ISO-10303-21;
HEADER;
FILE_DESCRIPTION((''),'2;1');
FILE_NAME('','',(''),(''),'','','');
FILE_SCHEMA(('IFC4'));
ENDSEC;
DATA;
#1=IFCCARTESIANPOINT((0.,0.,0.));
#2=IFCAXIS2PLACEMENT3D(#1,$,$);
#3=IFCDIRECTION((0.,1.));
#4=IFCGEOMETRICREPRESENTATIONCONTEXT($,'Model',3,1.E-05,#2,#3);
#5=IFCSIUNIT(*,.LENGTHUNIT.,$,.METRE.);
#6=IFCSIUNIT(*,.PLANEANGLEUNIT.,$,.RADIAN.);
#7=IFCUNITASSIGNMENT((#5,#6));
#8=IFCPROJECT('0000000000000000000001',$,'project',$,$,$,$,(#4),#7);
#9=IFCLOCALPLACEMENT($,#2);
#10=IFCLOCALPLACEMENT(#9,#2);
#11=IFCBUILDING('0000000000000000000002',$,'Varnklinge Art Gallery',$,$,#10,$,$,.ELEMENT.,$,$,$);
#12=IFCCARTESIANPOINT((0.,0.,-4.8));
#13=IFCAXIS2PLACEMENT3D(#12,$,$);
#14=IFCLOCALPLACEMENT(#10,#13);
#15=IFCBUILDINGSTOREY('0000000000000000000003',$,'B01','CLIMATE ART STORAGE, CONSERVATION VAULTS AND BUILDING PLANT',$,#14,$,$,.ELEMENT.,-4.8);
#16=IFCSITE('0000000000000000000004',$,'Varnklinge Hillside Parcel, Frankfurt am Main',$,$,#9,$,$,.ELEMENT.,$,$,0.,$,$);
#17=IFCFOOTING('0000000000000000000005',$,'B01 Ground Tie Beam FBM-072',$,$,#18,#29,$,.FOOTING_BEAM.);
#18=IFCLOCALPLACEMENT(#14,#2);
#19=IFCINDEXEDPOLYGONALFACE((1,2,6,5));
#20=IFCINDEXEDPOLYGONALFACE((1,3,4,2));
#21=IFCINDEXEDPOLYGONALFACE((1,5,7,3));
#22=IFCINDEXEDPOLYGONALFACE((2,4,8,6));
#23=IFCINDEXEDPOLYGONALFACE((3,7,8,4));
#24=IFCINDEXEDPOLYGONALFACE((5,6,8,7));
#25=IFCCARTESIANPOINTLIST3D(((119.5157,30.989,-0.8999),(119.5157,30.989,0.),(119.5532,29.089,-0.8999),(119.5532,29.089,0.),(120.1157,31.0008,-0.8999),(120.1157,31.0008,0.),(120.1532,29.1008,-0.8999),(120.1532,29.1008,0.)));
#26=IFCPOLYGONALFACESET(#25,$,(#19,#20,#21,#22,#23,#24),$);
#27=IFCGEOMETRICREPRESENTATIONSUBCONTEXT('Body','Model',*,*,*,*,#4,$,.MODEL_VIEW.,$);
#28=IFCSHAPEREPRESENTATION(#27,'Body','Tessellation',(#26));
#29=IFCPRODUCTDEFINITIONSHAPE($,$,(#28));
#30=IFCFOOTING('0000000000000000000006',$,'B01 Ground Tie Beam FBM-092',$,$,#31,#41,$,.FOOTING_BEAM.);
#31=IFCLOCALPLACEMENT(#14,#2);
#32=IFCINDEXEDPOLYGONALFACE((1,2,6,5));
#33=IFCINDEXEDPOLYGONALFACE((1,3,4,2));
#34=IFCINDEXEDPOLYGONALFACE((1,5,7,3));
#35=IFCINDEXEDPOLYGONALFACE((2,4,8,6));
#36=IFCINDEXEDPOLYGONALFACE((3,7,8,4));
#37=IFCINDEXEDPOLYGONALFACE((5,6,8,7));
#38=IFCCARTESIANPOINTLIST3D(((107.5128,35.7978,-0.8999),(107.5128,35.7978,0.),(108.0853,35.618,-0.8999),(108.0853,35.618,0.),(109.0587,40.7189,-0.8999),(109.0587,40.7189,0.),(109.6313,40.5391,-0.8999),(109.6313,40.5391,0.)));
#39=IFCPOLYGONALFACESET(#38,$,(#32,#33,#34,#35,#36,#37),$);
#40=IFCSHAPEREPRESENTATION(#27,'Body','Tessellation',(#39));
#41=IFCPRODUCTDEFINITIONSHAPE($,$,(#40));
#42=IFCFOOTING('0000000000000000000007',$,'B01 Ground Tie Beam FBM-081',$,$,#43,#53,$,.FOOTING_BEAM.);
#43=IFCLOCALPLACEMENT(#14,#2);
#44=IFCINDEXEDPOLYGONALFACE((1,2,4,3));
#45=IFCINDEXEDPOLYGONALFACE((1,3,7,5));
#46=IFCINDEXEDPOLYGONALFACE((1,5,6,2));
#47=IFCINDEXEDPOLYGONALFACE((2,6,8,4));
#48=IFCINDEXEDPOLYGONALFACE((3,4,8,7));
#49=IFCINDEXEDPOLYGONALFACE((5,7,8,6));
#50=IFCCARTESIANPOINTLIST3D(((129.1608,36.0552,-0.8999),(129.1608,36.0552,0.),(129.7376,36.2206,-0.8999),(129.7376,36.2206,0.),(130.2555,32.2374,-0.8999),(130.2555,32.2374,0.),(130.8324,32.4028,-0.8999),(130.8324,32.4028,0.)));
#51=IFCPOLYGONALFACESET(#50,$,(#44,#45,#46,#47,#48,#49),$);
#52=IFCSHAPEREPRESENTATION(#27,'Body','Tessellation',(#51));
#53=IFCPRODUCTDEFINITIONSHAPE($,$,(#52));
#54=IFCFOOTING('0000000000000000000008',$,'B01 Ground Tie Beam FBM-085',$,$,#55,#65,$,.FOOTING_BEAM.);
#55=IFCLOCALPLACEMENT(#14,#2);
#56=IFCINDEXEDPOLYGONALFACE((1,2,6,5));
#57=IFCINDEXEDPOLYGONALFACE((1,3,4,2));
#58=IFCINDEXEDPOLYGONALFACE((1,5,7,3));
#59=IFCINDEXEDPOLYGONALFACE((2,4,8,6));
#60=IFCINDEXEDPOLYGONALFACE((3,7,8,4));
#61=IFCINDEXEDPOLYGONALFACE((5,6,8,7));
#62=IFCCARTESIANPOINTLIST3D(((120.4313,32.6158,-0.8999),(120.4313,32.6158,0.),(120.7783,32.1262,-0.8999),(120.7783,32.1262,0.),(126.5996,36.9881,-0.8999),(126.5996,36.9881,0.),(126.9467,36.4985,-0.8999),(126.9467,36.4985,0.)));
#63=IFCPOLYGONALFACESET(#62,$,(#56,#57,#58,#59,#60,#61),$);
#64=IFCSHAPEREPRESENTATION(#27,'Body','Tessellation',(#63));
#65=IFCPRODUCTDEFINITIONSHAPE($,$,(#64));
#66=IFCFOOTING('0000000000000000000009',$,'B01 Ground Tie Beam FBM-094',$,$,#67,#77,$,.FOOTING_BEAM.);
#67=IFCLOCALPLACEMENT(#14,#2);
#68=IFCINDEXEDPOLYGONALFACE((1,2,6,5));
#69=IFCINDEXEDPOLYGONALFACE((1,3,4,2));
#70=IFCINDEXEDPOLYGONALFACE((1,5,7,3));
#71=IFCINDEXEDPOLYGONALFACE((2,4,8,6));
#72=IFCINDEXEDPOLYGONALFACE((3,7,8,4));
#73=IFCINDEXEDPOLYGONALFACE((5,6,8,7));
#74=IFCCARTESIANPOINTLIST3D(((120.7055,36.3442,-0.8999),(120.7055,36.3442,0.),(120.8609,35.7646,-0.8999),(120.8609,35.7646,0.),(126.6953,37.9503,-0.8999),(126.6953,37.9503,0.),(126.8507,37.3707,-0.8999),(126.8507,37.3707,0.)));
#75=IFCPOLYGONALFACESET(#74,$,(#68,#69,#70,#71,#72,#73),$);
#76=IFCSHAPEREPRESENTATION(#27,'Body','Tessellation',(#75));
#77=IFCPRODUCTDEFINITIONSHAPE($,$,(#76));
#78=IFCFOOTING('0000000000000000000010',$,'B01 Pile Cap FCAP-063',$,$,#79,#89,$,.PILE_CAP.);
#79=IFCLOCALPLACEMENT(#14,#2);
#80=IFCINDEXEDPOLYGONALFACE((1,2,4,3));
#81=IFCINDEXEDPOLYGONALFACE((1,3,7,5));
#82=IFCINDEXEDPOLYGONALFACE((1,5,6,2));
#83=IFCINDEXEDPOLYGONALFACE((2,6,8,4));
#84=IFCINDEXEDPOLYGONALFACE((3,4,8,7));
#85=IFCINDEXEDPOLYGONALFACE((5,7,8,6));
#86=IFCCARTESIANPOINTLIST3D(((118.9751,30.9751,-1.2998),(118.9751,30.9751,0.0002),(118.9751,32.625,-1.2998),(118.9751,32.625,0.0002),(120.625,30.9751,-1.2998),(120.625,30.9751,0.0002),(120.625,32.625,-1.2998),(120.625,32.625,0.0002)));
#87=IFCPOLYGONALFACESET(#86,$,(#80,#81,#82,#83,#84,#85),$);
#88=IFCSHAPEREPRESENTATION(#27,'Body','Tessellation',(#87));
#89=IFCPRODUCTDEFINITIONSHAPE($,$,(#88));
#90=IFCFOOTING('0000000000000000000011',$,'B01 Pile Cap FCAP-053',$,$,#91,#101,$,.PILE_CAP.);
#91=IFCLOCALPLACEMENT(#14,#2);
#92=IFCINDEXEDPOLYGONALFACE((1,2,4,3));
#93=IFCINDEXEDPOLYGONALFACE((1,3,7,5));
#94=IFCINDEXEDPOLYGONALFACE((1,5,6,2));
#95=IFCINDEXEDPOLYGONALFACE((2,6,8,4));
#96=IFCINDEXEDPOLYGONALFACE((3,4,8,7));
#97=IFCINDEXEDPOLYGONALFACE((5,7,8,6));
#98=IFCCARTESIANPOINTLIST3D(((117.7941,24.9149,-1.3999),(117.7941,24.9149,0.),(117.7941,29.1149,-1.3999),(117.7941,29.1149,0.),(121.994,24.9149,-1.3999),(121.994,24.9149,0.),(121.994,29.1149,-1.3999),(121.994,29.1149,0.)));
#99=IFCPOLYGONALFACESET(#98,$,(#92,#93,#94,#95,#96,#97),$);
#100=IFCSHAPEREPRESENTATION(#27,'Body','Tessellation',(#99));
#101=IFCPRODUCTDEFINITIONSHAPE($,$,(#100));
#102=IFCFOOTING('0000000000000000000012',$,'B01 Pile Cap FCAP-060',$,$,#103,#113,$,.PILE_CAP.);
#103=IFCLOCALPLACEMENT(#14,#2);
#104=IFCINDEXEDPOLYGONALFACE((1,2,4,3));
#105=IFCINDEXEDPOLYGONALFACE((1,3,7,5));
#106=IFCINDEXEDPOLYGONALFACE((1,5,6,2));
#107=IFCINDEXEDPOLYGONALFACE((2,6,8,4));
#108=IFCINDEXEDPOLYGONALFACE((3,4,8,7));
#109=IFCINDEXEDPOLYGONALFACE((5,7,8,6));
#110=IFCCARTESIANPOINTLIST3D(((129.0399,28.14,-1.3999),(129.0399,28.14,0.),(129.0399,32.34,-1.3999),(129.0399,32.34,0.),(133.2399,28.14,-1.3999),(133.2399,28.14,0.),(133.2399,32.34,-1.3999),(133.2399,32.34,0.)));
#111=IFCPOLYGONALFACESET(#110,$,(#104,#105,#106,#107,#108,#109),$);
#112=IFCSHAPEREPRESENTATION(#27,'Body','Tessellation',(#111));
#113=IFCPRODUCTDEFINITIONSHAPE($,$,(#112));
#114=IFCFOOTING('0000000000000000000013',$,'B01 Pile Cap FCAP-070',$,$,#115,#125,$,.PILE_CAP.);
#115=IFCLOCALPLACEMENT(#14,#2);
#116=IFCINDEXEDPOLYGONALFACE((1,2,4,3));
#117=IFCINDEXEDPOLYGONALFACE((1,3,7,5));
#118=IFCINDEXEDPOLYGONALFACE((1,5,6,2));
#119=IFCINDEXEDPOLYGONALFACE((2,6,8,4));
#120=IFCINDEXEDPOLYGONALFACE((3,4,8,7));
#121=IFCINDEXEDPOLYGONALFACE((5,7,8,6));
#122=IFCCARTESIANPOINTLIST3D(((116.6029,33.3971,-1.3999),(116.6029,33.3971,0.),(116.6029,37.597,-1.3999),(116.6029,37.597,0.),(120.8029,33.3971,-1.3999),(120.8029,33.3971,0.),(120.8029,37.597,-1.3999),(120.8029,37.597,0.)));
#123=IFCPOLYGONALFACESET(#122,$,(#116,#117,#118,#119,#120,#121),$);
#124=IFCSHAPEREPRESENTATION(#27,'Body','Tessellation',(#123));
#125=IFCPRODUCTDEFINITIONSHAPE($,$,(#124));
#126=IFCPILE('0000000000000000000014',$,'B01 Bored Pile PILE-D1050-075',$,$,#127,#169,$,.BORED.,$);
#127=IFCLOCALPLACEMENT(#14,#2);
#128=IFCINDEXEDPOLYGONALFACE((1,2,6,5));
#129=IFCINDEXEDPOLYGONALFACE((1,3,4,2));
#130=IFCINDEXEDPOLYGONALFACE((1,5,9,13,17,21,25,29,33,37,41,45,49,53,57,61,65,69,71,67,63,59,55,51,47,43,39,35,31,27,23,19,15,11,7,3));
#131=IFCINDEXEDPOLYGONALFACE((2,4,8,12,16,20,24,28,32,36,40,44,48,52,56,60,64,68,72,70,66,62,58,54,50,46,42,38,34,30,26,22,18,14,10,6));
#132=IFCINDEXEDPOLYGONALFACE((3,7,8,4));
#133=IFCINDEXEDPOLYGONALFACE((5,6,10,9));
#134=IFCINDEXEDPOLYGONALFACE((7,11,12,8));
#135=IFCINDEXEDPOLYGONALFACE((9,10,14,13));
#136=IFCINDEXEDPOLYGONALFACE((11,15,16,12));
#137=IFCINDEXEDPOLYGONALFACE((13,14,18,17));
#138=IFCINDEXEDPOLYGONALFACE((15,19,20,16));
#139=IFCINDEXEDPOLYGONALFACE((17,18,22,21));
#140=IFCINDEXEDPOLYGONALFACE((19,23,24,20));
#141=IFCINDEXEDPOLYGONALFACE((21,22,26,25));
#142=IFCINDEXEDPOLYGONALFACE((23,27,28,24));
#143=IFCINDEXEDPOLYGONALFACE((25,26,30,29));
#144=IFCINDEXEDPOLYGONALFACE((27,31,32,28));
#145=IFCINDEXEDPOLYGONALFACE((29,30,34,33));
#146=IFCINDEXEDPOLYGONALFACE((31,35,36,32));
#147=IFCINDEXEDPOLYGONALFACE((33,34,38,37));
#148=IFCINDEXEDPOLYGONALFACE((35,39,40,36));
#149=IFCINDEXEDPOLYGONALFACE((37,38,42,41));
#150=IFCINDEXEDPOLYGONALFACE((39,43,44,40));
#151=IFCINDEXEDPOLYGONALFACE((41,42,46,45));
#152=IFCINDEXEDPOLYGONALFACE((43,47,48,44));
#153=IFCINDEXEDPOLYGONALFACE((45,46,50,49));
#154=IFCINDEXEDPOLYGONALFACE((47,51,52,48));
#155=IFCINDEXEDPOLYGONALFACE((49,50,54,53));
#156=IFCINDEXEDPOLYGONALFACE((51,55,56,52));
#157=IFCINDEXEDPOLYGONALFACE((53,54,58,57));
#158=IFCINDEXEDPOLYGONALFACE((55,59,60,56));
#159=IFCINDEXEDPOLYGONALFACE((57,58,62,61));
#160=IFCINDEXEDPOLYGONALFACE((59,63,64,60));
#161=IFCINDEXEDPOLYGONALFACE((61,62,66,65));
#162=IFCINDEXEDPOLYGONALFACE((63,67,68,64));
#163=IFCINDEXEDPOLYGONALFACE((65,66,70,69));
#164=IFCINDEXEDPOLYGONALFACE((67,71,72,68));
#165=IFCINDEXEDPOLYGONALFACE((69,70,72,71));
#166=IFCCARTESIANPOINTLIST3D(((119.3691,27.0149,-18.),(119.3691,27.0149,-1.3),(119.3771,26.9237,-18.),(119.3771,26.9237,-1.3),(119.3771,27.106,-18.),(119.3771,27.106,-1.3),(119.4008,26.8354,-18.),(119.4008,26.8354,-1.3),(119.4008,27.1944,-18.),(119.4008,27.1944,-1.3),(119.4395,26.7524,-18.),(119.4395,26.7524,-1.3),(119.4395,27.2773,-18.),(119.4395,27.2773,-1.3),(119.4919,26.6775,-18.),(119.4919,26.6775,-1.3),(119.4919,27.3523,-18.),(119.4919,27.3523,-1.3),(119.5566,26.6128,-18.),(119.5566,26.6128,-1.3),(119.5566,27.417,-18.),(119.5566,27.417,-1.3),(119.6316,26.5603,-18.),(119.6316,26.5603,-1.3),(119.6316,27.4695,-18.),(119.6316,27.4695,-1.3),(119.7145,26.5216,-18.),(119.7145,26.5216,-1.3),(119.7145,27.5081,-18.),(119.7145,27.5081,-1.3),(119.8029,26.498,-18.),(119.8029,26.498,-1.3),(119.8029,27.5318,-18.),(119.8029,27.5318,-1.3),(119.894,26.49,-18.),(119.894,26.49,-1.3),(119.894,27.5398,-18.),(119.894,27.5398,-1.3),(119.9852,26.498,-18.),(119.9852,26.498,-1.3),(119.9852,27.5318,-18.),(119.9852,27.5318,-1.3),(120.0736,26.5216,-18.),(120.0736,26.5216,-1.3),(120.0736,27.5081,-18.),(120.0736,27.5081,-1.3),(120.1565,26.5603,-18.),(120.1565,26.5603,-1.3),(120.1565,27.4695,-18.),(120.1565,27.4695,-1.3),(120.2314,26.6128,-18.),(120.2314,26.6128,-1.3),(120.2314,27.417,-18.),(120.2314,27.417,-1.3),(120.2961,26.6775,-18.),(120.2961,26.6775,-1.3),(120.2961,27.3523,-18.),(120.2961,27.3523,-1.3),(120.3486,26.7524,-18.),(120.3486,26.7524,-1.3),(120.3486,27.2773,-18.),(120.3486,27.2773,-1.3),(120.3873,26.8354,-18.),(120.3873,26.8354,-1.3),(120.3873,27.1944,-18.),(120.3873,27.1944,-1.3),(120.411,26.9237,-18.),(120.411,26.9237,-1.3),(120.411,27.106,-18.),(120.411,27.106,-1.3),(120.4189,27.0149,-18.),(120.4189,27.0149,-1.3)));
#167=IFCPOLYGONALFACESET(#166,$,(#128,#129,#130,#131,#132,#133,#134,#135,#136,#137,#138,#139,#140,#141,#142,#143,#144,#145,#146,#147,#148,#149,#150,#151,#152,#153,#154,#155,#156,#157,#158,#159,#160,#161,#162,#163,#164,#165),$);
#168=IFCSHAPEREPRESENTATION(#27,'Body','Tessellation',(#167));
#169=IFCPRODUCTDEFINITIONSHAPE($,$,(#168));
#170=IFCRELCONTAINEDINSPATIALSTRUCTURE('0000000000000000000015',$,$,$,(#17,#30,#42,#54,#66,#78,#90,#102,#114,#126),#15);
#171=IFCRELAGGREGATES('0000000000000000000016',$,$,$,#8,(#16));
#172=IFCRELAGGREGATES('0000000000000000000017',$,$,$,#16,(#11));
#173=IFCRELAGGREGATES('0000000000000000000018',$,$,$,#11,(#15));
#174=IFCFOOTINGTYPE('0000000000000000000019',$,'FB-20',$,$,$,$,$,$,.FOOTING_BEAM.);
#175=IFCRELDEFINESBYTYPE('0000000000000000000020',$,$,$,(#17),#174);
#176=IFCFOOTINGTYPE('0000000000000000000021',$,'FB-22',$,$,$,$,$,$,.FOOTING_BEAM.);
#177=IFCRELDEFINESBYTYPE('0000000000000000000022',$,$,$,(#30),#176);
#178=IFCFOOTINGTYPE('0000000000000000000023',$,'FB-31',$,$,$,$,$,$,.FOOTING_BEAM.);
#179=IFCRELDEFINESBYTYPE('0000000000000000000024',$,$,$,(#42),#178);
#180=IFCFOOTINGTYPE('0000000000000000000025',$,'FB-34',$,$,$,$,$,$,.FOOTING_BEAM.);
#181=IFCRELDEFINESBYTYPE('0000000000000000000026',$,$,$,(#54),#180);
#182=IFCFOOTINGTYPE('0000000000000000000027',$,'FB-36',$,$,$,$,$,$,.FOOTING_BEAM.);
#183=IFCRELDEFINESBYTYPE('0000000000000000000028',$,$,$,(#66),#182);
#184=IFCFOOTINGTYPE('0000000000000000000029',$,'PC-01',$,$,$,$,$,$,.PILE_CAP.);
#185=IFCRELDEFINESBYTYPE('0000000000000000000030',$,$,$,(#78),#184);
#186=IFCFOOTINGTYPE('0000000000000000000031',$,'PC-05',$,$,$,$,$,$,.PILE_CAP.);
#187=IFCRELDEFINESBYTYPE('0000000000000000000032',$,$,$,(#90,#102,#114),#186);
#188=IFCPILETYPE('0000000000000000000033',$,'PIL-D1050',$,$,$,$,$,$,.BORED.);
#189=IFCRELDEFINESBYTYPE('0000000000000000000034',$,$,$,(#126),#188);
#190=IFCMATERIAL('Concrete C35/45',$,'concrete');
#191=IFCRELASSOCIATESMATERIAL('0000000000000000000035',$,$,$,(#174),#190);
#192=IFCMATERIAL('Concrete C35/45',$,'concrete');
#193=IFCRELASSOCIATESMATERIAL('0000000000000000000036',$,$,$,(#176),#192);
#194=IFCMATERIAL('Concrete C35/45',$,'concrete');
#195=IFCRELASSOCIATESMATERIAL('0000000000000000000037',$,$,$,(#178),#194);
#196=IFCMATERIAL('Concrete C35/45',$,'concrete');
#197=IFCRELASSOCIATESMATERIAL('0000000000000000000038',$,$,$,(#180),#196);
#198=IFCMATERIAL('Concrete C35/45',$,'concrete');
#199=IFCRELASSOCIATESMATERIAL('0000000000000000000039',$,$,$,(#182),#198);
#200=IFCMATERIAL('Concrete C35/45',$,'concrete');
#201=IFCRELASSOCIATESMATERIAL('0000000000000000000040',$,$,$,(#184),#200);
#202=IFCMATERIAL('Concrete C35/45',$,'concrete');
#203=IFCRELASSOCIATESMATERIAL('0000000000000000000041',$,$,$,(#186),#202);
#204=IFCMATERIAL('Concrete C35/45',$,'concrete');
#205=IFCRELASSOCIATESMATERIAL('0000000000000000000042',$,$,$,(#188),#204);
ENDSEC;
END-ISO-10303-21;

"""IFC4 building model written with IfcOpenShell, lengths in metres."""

from ifc_helpers import new_model, si_unit, direction, frame, origin, origin_2d, place, context, subcontext, project, spatial, rectangle, circle, extrude, material, material_profile, profile_set, type_object, element, save


model = new_model("IFC4")

# Units and contexts
model_context = context("Model", 3, precision=1e-05, world=origin(), true_north=direction((0.0, 1.0)))
body_context = subcontext(model_context, "Body", "Model", "MODEL_VIEW")
ifc_project = project(units=[si_unit("LENGTHUNIT", "METRE"), si_unit("PLANEANGLEUNIT", "RADIAN")], contexts=[model_context])

# Site, building, storey
site_placement = place(None, origin())
site = spatial("IfcSite", under=ifc_project, at=site_placement, Name="Varnklinge Hillside Parcel, Frankfurt am Main", CompositionType="ELEMENT", RefElevation=0.0)
building_placement = place(site_placement, origin())
building = spatial("IfcBuilding", under=site, at=building_placement, Name="Varnklinge Art Gallery", CompositionType="ELEMENT")
storey_placement = place(building_placement, frame((0.0, 0.0, -4.8)))
storey = spatial("IfcBuildingStorey", under=building, at=storey_placement, Name="B01", Description="CLIMATE ART STORAGE, CONSERVATION VAULTS AND BUILDING PLANT", CompositionType="ELEMENT", Elevation=-4.8)

# Footings
ifc_material_1 = material(Name="Concrete C35/45", Category="concrete")
footing_type_1 = type_object("IfcFootingType", Name="FB-20", PredefinedType="FOOTING_BEAM", material=ifc_material_1)
footing_1_placement = place(storey_placement, frame((119.8345, 30.0449, -0.8999), z_axis=(0.0, 0.0, 1.0), x_axis=(-0.019721, 0.999806, 0.0)))
element("IfcFooting", 1, at=footing_1_placement, inside=storey, type_object=footing_type_1, Name="B01 Ground Tie Beam FBM-072", PredefinedType="FOOTING_BEAM", context=body_context, shape_type="SweptSolid", body=[
    extrude(rectangle(XDim=1.9004, YDim=0.6001, at=origin_2d()), origin(), (0.0, 0.0, 1.0), 0.8999),
])
ifc_material_2 = material(Name="Concrete C35/45", Category="concrete")
footing_type_2 = type_object("IfcFootingType", Name="FB-22", PredefinedType="FOOTING_BEAM", material=ifc_material_2)
footing_2_placement = place(storey_placement, frame((108.572, 38.1685, -0.8999), z_axis=(0.0, 0.0, 1.0), x_axis=(0.299707, 0.954031, 0.0)))
element("IfcFooting", 2, at=footing_2_placement, inside=storey, type_object=footing_type_2, Name="B01 Ground Tie Beam FBM-092", PredefinedType="FOOTING_BEAM", context=body_context, shape_type="SweptSolid", body=[
    extrude(rectangle(XDim=5.1582, YDim=0.6001, at=origin_2d()), origin(), (0.0, 0.0, 1.0), 0.8999),
])
ifc_material_3 = material(Name="Concrete C35/45", Category="concrete")
footing_type_3 = type_object("IfcFootingType", Name="FB-31", PredefinedType="FOOTING_BEAM", material=ifc_material_3)
footing_3_placement = place(storey_placement, frame((129.9966, 34.229, -0.8999), z_axis=(0.0, 0.0, 1.0), x_axis=(-0.275637, 0.961262, 0.0)))
element("IfcFooting", 3, at=footing_3_placement, inside=storey, type_object=footing_type_3, Name="B01 Ground Tie Beam FBM-081", PredefinedType="FOOTING_BEAM", context=body_context, shape_type="SweptSolid", body=[
    extrude(rectangle(XDim=3.9717, YDim=0.6001, at=origin_2d()), origin(), (0.0, 0.0, 1.0), 0.8999),
])
ifc_material_4 = material(Name="Concrete C35/45", Category="concrete")
footing_type_4 = type_object("IfcFootingType", Name="FB-34", PredefinedType="FOOTING_BEAM", material=ifc_material_4)
footing_4_placement = place(storey_placement, frame((123.689, 34.5571, -0.8999), z_axis=(0.0, 0.0, 1.0), x_axis=(0.815835, 0.578285, 0.0)))
element("IfcFooting", 4, at=footing_4_placement, inside=storey, type_object=footing_type_4, Name="B01 Ground Tie Beam FBM-085", PredefinedType="FOOTING_BEAM", context=body_context, shape_type="SweptSolid", body=[
    extrude(rectangle(XDim=7.5608, YDim=0.6001, at=origin_2d()), origin(), (0.0, 0.0, 1.0), 0.8999),
])
ifc_material_5 = material(Name="Concrete C35/45", Category="concrete")
footing_type_5 = type_object("IfcFootingType", Name="FB-36", PredefinedType="FOOTING_BEAM", material=ifc_material_5)
footing_5_placement = place(storey_placement, frame((123.7781, 36.8574, -0.8999), z_axis=(0.0, 0.0, 1.0), x_axis=(0.965881, 0.258988, 0.0)))
element("IfcFooting", 5, at=footing_5_placement, inside=storey, type_object=footing_type_5, Name="B01 Ground Tie Beam FBM-094", PredefinedType="FOOTING_BEAM", context=body_context, shape_type="SweptSolid", body=[
    extrude(rectangle(XDim=6.2014, YDim=0.6001, at=origin_2d()), origin(), (0.0, 0.0, 1.0), 0.8999),
])
ifc_material_6 = material(Name="Concrete C35/45", Category="concrete")
footing_type_6 = type_object("IfcFootingType", Name="PC-01", PredefinedType="PILE_CAP", material=ifc_material_6)
footing_6_placement = place(storey_placement, frame((119.8, 31.8, -1.2998), z_axis=(0.0, 0.0, 1.0), x_axis=(1.0, 0.0, 0.0)))
element("IfcFooting", 6, at=footing_6_placement, inside=storey, type_object=footing_type_6, Name="B01 Pile Cap FCAP-063", PredefinedType="PILE_CAP", context=body_context, shape_type="SweptSolid", body=[
    extrude(rectangle(XDim=1.6499, YDim=1.6499, at=origin_2d()), origin(), (0.0, 0.0, 1.0), 1.3),
])
ifc_material_7 = material(Name="Concrete C35/45", Category="concrete")
footing_type_7 = type_object("IfcFootingType", Name="PC-05", PredefinedType="PILE_CAP", material=ifc_material_7)
for number, where, z_axis, x_axis, name in (
    (7, (119.894, 27.0149, -1.3999), (0.0, 0.0, 1.0), (1.0, 0.0, 0.0), "B01 Pile Cap FCAP-053"),
    (8, (131.1399, 30.24, -1.3999), (0.0, 0.0, 1.0), (1.0, 0.0, 0.0), "B01 Pile Cap FCAP-060"),
    (9, (118.7029, 35.4971, -1.3999), (0.0, 0.0, 1.0), (1.0, 0.0, 0.0), "B01 Pile Cap FCAP-070"),
):
    element("IfcFooting", number, at=place(storey_placement, frame(where, z_axis=z_axis, x_axis=x_axis)), inside=storey, type_object=footing_type_7, Name=name, PredefinedType="PILE_CAP", context=body_context, shape_type="SweptSolid", body=[
        extrude(rectangle(XDim=4.2, YDim=4.2, at=origin_2d()), origin(), (0.0, 0.0, 1.0), 1.3999),
    ])

# Pile
ifc_material_8 = material(Name="Concrete C35/45", Category="concrete")
ifc_material_profile_1 = material_profile(ifc_material_8, circle(Radius=0.5249, at=origin_2d()), Name="PILE D1050")
ifc_profile_set_1 = profile_set([ifc_material_profile_1], Name="Concrete C35/45")
pile_type_1 = type_object("IfcPileType", Name="PIL-D1050", PredefinedType="BORED", material=ifc_profile_set_1)
for number, where, z_axis, x_axis, name in (
    (10, (119.894, 27.0149, -1.3), (0.0, 0.0, -1.0), (1.0, 0.0, 0.0), "B01 Bored Pile PILE-D1050-075"),
):
    element("IfcPile", number, at=place(storey_placement, frame(where, z_axis=z_axis, x_axis=x_axis)), inside=storey, type_object=pile_type_1, Name=name, PredefinedType="BORED", context=body_context, shape_type="SweptSolid", body=[
        extrude(circle(Radius=0.5249, at=origin_2d()), origin(), (0.0, 0.0, 1.0), 16.7),
    ])

save(model, "model.ifc")
